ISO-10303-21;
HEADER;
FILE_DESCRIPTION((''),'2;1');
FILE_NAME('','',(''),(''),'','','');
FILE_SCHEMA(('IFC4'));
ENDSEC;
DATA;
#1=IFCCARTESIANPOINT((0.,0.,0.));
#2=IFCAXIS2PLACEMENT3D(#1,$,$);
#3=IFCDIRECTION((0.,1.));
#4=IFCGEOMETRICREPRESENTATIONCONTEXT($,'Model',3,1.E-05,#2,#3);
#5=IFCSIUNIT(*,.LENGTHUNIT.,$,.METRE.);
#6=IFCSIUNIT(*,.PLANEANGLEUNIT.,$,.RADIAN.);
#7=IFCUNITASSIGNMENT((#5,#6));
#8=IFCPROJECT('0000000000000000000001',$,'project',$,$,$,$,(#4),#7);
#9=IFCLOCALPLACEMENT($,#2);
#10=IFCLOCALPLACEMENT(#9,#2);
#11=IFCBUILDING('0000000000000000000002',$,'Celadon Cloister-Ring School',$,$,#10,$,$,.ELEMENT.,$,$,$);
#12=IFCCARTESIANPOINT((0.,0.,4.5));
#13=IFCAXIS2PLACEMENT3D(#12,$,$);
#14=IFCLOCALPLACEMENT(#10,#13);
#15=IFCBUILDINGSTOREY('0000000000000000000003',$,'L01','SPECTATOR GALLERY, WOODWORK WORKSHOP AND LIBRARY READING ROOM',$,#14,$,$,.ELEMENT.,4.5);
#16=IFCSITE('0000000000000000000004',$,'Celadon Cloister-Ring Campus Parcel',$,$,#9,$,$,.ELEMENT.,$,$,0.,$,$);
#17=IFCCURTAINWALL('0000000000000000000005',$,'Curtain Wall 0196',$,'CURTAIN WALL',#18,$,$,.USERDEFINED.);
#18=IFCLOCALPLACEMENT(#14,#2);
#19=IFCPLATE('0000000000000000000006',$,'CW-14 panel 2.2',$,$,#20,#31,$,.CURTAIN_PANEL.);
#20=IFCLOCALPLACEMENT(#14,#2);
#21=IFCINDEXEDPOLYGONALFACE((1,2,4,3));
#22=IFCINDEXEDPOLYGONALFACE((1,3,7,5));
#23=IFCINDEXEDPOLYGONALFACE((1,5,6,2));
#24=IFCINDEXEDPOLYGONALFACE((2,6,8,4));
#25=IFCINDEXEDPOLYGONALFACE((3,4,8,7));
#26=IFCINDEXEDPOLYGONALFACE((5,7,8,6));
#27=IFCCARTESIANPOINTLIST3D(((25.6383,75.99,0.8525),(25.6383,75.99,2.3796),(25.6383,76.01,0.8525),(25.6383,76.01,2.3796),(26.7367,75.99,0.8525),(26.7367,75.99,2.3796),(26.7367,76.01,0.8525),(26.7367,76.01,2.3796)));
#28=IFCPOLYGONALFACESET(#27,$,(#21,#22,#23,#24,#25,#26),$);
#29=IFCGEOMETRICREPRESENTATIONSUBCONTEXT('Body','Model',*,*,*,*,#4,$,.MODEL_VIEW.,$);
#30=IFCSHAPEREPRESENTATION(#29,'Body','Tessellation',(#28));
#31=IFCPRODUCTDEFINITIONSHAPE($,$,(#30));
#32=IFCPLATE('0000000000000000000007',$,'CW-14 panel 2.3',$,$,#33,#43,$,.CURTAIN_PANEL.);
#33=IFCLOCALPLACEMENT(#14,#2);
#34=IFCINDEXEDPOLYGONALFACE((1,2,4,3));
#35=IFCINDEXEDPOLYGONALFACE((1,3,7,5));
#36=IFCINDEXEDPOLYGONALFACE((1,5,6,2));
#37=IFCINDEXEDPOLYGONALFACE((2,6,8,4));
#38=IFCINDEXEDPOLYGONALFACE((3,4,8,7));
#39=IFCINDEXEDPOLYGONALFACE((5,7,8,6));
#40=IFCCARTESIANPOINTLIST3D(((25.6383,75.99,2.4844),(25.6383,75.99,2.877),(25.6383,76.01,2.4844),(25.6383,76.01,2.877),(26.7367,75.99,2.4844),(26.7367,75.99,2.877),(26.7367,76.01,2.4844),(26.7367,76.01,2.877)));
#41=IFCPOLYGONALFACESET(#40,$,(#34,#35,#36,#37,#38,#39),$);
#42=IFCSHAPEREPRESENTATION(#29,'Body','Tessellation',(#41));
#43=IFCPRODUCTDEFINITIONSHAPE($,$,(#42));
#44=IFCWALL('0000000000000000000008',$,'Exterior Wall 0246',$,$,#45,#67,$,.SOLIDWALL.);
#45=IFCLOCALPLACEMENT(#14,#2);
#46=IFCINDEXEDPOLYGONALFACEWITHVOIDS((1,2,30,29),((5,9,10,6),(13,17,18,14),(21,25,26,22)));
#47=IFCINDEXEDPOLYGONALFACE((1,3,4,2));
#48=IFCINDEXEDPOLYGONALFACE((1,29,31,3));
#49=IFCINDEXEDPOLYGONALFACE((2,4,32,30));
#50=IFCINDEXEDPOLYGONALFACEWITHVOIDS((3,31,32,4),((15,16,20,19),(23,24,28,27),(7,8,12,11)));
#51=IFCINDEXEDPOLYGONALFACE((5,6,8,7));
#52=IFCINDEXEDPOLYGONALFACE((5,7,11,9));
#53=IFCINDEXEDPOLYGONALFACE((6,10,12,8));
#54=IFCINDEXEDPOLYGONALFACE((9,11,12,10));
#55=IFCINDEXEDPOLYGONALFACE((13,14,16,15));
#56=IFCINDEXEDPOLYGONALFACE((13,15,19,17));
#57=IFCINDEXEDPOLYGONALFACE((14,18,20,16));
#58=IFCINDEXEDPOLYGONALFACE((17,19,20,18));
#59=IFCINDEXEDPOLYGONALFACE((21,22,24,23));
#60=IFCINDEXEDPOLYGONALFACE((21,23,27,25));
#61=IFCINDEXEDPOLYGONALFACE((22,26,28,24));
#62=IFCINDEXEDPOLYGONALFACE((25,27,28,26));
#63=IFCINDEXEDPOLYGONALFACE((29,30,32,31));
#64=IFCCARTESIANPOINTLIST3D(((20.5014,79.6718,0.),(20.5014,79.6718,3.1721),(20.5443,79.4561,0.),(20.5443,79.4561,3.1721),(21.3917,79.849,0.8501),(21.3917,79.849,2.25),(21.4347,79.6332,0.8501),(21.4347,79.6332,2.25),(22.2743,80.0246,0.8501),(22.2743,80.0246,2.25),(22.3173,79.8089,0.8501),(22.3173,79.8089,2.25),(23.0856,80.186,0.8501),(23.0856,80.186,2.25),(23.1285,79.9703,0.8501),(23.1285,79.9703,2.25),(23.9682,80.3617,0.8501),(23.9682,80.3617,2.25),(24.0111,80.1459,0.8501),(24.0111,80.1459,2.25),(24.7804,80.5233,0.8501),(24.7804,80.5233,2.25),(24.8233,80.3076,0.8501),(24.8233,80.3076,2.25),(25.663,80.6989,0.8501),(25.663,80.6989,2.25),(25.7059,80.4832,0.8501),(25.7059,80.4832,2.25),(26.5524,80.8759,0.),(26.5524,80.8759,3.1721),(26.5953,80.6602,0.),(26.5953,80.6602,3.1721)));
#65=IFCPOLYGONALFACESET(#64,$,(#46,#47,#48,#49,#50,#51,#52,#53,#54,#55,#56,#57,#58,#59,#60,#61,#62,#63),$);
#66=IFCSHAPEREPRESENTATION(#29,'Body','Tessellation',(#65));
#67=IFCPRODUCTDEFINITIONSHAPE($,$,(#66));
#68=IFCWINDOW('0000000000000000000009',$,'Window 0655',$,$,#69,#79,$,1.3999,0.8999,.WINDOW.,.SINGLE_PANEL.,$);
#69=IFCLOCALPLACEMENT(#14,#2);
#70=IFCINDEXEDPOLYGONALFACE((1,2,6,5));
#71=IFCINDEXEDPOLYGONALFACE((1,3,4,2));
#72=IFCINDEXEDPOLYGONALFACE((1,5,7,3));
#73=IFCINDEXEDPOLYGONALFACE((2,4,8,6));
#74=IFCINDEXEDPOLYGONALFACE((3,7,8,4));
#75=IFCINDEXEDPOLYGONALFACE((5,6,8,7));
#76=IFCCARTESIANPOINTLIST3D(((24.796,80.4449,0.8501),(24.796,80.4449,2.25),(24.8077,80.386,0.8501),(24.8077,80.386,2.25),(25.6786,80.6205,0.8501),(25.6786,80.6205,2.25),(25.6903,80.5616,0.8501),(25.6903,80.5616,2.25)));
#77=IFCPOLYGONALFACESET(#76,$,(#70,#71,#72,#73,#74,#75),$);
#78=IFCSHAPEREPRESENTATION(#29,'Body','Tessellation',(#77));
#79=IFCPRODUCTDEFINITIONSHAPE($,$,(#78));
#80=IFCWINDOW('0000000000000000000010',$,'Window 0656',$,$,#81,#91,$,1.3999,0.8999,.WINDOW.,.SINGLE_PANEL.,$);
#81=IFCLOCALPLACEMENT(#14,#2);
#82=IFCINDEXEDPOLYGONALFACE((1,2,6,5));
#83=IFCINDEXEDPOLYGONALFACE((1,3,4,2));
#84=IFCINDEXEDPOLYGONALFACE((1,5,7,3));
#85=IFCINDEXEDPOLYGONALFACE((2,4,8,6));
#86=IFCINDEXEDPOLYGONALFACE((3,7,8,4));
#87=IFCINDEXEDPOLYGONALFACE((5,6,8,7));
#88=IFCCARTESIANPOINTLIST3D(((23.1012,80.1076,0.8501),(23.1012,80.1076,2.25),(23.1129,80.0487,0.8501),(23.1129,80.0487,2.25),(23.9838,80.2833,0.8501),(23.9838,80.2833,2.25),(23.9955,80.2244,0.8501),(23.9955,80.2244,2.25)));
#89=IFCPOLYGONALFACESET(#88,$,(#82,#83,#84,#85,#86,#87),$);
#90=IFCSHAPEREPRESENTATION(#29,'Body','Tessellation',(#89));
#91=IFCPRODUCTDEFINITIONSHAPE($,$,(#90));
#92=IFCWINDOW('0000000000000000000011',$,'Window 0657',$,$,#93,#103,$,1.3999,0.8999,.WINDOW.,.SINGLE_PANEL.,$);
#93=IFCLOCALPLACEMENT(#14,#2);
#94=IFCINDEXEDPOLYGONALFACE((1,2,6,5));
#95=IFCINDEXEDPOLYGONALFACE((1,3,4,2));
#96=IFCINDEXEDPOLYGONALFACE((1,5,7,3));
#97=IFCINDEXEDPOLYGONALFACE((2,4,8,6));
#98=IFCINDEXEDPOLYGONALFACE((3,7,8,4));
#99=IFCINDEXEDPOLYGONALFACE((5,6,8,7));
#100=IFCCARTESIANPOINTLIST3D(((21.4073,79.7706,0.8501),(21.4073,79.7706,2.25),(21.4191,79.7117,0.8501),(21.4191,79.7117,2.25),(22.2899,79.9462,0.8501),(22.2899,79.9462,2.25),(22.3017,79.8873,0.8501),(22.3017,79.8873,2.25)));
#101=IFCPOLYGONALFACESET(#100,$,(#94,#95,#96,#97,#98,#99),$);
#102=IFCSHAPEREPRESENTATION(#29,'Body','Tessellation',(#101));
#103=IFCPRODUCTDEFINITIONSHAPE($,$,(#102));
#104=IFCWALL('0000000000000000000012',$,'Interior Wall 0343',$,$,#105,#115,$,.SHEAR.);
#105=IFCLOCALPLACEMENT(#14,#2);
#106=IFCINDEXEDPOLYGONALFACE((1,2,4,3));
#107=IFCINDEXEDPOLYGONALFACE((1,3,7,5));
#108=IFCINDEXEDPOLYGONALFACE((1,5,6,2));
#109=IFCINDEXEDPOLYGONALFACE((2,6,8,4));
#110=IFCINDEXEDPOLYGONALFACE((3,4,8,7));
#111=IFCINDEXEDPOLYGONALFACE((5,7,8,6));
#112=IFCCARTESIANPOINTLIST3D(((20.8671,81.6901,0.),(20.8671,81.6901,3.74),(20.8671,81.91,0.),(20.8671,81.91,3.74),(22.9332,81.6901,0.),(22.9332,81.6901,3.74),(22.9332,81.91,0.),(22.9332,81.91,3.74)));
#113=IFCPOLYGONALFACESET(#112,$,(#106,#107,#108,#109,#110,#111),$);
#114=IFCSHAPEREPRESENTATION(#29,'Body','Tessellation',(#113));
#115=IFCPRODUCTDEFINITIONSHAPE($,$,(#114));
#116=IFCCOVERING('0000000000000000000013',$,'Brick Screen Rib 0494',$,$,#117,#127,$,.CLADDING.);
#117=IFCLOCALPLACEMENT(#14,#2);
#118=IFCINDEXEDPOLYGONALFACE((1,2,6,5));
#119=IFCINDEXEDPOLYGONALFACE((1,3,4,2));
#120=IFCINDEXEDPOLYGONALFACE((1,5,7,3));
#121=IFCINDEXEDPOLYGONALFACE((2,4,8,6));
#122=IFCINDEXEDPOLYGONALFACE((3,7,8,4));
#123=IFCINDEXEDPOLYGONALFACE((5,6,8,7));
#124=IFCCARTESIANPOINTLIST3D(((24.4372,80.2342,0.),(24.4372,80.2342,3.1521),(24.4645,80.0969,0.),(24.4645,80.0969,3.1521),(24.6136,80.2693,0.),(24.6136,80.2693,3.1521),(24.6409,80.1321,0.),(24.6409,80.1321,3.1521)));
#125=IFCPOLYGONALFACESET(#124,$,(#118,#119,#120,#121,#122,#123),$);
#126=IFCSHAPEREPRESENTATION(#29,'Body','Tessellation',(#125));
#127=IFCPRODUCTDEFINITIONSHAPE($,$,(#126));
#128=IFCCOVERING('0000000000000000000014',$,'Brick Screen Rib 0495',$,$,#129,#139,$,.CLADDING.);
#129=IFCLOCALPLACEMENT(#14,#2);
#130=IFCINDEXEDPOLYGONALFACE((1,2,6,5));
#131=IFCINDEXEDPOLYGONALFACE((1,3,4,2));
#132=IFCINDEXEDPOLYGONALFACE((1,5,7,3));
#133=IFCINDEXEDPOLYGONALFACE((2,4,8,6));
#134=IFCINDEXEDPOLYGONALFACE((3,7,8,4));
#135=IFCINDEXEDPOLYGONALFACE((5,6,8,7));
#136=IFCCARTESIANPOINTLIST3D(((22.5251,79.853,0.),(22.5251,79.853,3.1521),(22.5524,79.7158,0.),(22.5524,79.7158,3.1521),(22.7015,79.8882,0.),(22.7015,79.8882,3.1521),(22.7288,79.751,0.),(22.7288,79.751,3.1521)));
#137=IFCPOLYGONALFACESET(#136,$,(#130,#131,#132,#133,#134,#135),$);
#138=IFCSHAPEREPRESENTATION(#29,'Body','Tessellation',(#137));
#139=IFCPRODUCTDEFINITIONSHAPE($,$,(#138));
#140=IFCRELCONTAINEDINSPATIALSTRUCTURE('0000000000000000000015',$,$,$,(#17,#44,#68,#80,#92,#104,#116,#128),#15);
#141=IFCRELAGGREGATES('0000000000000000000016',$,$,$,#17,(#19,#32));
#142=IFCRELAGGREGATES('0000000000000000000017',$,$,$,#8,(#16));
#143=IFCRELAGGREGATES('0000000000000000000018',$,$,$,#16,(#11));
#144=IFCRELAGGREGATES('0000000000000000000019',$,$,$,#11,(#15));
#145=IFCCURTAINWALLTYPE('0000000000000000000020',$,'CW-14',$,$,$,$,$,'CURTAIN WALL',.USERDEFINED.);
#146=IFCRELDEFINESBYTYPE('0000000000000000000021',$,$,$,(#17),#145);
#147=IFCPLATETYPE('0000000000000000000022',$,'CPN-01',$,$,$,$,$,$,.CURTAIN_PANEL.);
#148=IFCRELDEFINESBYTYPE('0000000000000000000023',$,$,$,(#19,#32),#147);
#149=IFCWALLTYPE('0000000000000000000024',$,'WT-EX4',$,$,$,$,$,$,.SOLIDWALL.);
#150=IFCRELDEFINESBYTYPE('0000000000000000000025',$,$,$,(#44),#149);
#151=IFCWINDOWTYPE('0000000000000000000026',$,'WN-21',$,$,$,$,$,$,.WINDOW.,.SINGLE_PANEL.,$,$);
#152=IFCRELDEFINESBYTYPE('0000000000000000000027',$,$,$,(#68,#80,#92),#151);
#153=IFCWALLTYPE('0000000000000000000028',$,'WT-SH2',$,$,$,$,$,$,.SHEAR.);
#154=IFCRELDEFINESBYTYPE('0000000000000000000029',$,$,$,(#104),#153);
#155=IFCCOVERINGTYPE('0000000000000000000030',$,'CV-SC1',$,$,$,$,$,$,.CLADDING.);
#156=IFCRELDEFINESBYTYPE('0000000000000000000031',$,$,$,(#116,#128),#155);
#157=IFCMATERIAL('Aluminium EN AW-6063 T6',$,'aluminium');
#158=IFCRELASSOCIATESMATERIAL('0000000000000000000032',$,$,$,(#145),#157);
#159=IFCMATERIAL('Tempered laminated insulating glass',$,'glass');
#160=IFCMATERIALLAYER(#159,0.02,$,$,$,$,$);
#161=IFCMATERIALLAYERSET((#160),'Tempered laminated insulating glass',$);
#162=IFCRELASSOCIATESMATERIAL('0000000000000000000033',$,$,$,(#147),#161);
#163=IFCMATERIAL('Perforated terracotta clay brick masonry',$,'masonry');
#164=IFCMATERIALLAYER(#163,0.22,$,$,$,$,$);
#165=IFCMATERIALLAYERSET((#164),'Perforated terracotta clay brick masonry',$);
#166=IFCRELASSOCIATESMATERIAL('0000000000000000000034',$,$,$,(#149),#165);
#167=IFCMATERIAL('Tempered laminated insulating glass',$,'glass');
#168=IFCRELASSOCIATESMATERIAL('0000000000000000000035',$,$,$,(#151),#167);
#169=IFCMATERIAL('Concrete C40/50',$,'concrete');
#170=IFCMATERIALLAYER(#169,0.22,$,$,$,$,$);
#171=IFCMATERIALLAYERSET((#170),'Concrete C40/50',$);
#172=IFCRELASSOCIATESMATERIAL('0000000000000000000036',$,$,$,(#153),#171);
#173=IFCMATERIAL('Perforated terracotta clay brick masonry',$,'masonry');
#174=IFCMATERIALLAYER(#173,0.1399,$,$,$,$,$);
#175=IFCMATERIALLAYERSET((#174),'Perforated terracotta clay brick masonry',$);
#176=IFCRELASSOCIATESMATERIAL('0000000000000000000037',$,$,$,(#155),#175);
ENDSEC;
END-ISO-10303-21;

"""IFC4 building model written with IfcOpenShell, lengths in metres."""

from ifc_helpers import new_model, si_unit, direction, frame, frame_2d, origin, origin_2d, place, context, subcontext, project, spatial, rectangle, extrude, material, layer, layer_set, type_object, element, fill, aggregate, save


model = new_model("IFC4")

# Units and contexts
model_context = context("Model", 3, precision=1e-05, world=origin(), true_north=direction((0.0, 1.0)))
body_context = subcontext(model_context, "Body", "Model", "MODEL_VIEW")
ifc_project = project(units=[si_unit("LENGTHUNIT", "METRE"), si_unit("PLANEANGLEUNIT", "RADIAN")], contexts=[model_context])

# Site, building, storey
site_placement = place(None, origin())
site = spatial("IfcSite", under=ifc_project, at=site_placement, Name="Celadon Cloister-Ring Campus Parcel", CompositionType="ELEMENT", RefElevation=0.0)
building_placement = place(site_placement, origin())
building = spatial("IfcBuilding", under=site, at=building_placement, Name="Celadon Cloister-Ring School", CompositionType="ELEMENT")
storey_placement = place(building_placement, frame((0.0, 0.0, 4.5)))
storey = spatial("IfcBuildingStorey", under=building, at=storey_placement, Name="L01", Description="SPECTATOR GALLERY, WOODWORK WORKSHOP AND LIBRARY READING ROOM", CompositionType="ELEMENT", Elevation=4.5)

# Curtain wall
ifc_material_1 = material(Name="Aluminium EN AW-6063 T6", Category="aluminium")
curtain_wall_type = type_object("IfcCurtainWallType", Name="CW-14", ElementType="CURTAIN WALL", PredefinedType="USERDEFINED", material=ifc_material_1)
curtain_wall_placement = place(storey_placement, origin())
curtain_wall = element("IfcCurtainWall", 1, at=curtain_wall_placement, inside=storey, type_object=curtain_wall_type, Name="Curtain Wall 0196", ObjectType="CURTAIN WALL", PredefinedType="USERDEFINED")

# Plates
ifc_material_2 = material(Name="Tempered laminated insulating glass", Category="glass")
ifc_layer_1 = layer(ifc_material_2, 0.02)
ifc_layer_set_1 = layer_set([ifc_layer_1], Name="Tempered laminated insulating glass")
plate_type = type_object("IfcPlateType", Name="CPN-01", PredefinedType="CURTAIN_PANEL", material=ifc_layer_set_1)
plate_1_placement = place(storey_placement, frame((26.1875, 76.0, 0.8525), z_axis=(0.0, 0.0, 1.0), x_axis=(1.0, 0.0, 0.0)))
plate_1 = element("IfcPlate", 2, at=plate_1_placement, type_object=plate_type, Name="CW-14 panel 2.2", PredefinedType="CURTAIN_PANEL", context=body_context, shape_type="SweptSolid", body=[
    extrude(rectangle(XDim=1.0984, YDim=0.02, at=origin_2d()), origin(), (0.0, 0.0, 1.0), 1.5271),
])
plate_2_placement = place(storey_placement, frame((26.1875, 76.0, 2.4844), z_axis=(0.0, 0.0, 1.0), x_axis=(1.0, 0.0, 0.0)))
plate_2 = element("IfcPlate", 3, at=plate_2_placement, type_object=plate_type, Name="CW-14 panel 2.3", PredefinedType="CURTAIN_PANEL", context=body_context, shape_type="SweptSolid", body=[
    extrude(rectangle(XDim=1.0984, YDim=0.02, at=origin_2d()), origin(), (0.0, 0.0, 1.0), 0.3926),
])
aggregate(curtain_wall, [plate_1, plate_2])

# Wall, openings, windows
ifc_material_3 = material(Name="Perforated terracotta clay brick masonry", Category="masonry")
ifc_layer_2 = layer(ifc_material_3, 0.22)
ifc_layer_set_2 = layer_set([ifc_layer_2], Name="Perforated terracotta clay brick masonry")
wall_type_1 = type_object("IfcWallType", Name="WT-EX4", PredefinedType="SOLIDWALL", material=ifc_layer_set_2)
wall_1_placement = place(storey_placement, frame((26.574, 80.7681, 0.0), z_axis=(0.0, 0.0, 1.0), x_axis=(-0.98077, -0.195165, 0.0)))
wall_1 = element("IfcWall", 4, at=wall_1_placement, inside=storey, type_object=wall_type_1, Name="Exterior Wall 0246", PredefinedType="SOLIDWALL", context=body_context, shape_type="SweptSolid", body=[
    extrude(rectangle(XDim=6.1697, YDim=0.22, at=frame_2d((3.085, 0.0))), origin(), (0.0, 0.0, 1.0), 3.1721),
])
opening_1_placement = place(wall_1_placement, frame((0.907, 0.0, 0.8501)))
opening_1 = element("IfcOpeningElement", 5, at=opening_1_placement, cuts=wall_1, PredefinedType="OPENING", context=body_context, shape_type="SweptSolid", body=[
    extrude(rectangle(XDim=0.8999, YDim=1.3999, at=frame_2d((0.45, 0.7))), frame((0.0, 0.1201, 0.0), z_axis=(0.0, -1.0, 0.0), x_axis=(1.0, 0.0, 0.0)), (0.0, 0.0, 1.0), 0.24),
])
opening_2_placement = place(wall_1_placement, frame((2.635, 0.0, 0.8501)))
opening_2 = element("IfcOpeningElement", 6, at=opening_2_placement, cuts=wall_1, PredefinedType="OPENING", context=body_context, shape_type="SweptSolid", body=[
    extrude(rectangle(XDim=0.8999, YDim=1.3999, at=frame_2d((0.45, 0.7))), frame((0.0, 0.1201, 0.0), z_axis=(0.0, -1.0, 0.0), x_axis=(1.0, 0.0, 0.0)), (0.0, 0.0, 1.0), 0.24),
])
opening_3_placement = place(wall_1_placement, frame((4.3621, 0.0, 0.8501)))
opening_3 = element("IfcOpeningElement", 7, at=opening_3_placement, cuts=wall_1, PredefinedType="OPENING", context=body_context, shape_type="SweptSolid", body=[
    extrude(rectangle(XDim=0.8999, YDim=1.3999, at=frame_2d((0.45, 0.7))), frame((0.0, 0.1201, 0.0), z_axis=(0.0, -1.0, 0.0), x_axis=(1.0, 0.0, 0.0)), (0.0, 0.0, 1.0), 0.24),
])
ifc_material_4 = material(Name="Tempered laminated insulating glass", Category="glass")
window_type = type_object("IfcWindowType", Name="WN-21", PartitioningType="SINGLE_PANEL", PredefinedType="WINDOW", material=ifc_material_4)
window_1_placement = place(opening_1_placement, origin())
window_1 = element("IfcWindow", 8, at=window_1_placement, inside=storey, type_object=window_type, Name="Window 0655", OverallHeight=1.3999, OverallWidth=0.8999, PartitioningType="SINGLE_PANEL", PredefinedType="WINDOW", context=body_context, shape_type="SweptSolid", body=[
    extrude(rectangle(XDim=0.8999, YDim=1.3999, at=frame_2d((0.45, 0.7))), frame((0.0, 0.03, 0.0), z_axis=(0.0, -1.0, 0.0), x_axis=(1.0, 0.0, 0.0)), (0.0, 0.0, 1.0), 0.0601),
])
fill(opening_1, window_1)
window_2_placement = place(opening_2_placement, origin())
window_2 = element("IfcWindow", 9, at=window_2_placement, inside=storey, type_object=window_type, Name="Window 0656", OverallHeight=1.3999, OverallWidth=0.8999, PartitioningType="SINGLE_PANEL", PredefinedType="WINDOW", context=body_context, shape_type="SweptSolid", body=[
    extrude(rectangle(XDim=0.8999, YDim=1.3999, at=frame_2d((0.45, 0.7))), frame((0.0, 0.03, 0.0), z_axis=(0.0, -1.0, 0.0), x_axis=(1.0, 0.0, 0.0)), (0.0, 0.0, 1.0), 0.0601),
])
fill(opening_2, window_2)
window_3_placement = place(opening_3_placement, origin())
window_3 = element("IfcWindow", 10, at=window_3_placement, inside=storey, type_object=window_type, Name="Window 0657", OverallHeight=1.3999, OverallWidth=0.8999, PartitioningType="SINGLE_PANEL", PredefinedType="WINDOW", context=body_context, shape_type="SweptSolid", body=[
    extrude(rectangle(XDim=0.8999, YDim=1.3999, at=frame_2d((0.45, 0.7))), frame((0.0, 0.03, 0.0), z_axis=(0.0, -1.0, 0.0), x_axis=(1.0, 0.0, 0.0)), (0.0, 0.0, 1.0), 0.0601),
])
fill(opening_3, window_3)

# Wall
ifc_material_5 = material(Name="Concrete C40/50", Category="concrete")
ifc_layer_3 = layer(ifc_material_5, 0.22)
ifc_layer_set_3 = layer_set([ifc_layer_3], Name="Concrete C40/50")
wall_type_2 = type_object("IfcWallType", Name="WT-SH2", PredefinedType="SHEAR", material=ifc_layer_set_3)
wall_2_placement = place(storey_placement, frame((20.8669, 81.8, 0.0), z_axis=(0.0, 0.0, 1.0), x_axis=(1.0, 0.0, 0.0)))
element("IfcWall", 11, at=wall_2_placement, inside=storey, type_object=wall_type_2, Name="Interior Wall 0343", PredefinedType="SHEAR", context=body_context, shape_type="SweptSolid", body=[
    extrude(rectangle(XDim=2.0662, YDim=0.22, at=frame_2d((1.0332, 0.0))), origin(), (0.0, 0.0, 1.0), 3.74),
])

# Coverings
ifc_material_6 = material(Name="Perforated terracotta clay brick masonry", Category="masonry")
ifc_layer_4 = layer(ifc_material_6, 0.1399)
ifc_layer_set_4 = layer_set([ifc_layer_4], Name="Perforated terracotta clay brick masonry")
covering_type = type_object("IfcCoveringType", Name="CV-SC1", PredefinedType="CLADDING", material=ifc_layer_set_4)
for number, where, z_axis, x_axis, name in (
    (12, (24.5391, 80.1831, 0.0), (0.0, 0.0, 1.0), (-0.980775, -0.195142, 0.0), "Brick Screen Rib 0494"),
    (13, (22.627, 79.802, 0.0), (0.0, 0.0, 1.0), (-0.980775, -0.195142, 0.0), "Brick Screen Rib 0495"),
):
    element("IfcCovering", number, at=place(storey_placement, frame(where, z_axis=z_axis, x_axis=x_axis)), inside=storey, type_object=covering_type, Name=name, PredefinedType="CLADDING", context=body_context, shape_type="SweptSolid", body=[
        extrude(rectangle(XDim=0.1799, YDim=0.1399, at=origin_2d()), origin(), (0.0, 0.0, 1.0), 3.1521),
    ])

save(model, "model.ifc")
